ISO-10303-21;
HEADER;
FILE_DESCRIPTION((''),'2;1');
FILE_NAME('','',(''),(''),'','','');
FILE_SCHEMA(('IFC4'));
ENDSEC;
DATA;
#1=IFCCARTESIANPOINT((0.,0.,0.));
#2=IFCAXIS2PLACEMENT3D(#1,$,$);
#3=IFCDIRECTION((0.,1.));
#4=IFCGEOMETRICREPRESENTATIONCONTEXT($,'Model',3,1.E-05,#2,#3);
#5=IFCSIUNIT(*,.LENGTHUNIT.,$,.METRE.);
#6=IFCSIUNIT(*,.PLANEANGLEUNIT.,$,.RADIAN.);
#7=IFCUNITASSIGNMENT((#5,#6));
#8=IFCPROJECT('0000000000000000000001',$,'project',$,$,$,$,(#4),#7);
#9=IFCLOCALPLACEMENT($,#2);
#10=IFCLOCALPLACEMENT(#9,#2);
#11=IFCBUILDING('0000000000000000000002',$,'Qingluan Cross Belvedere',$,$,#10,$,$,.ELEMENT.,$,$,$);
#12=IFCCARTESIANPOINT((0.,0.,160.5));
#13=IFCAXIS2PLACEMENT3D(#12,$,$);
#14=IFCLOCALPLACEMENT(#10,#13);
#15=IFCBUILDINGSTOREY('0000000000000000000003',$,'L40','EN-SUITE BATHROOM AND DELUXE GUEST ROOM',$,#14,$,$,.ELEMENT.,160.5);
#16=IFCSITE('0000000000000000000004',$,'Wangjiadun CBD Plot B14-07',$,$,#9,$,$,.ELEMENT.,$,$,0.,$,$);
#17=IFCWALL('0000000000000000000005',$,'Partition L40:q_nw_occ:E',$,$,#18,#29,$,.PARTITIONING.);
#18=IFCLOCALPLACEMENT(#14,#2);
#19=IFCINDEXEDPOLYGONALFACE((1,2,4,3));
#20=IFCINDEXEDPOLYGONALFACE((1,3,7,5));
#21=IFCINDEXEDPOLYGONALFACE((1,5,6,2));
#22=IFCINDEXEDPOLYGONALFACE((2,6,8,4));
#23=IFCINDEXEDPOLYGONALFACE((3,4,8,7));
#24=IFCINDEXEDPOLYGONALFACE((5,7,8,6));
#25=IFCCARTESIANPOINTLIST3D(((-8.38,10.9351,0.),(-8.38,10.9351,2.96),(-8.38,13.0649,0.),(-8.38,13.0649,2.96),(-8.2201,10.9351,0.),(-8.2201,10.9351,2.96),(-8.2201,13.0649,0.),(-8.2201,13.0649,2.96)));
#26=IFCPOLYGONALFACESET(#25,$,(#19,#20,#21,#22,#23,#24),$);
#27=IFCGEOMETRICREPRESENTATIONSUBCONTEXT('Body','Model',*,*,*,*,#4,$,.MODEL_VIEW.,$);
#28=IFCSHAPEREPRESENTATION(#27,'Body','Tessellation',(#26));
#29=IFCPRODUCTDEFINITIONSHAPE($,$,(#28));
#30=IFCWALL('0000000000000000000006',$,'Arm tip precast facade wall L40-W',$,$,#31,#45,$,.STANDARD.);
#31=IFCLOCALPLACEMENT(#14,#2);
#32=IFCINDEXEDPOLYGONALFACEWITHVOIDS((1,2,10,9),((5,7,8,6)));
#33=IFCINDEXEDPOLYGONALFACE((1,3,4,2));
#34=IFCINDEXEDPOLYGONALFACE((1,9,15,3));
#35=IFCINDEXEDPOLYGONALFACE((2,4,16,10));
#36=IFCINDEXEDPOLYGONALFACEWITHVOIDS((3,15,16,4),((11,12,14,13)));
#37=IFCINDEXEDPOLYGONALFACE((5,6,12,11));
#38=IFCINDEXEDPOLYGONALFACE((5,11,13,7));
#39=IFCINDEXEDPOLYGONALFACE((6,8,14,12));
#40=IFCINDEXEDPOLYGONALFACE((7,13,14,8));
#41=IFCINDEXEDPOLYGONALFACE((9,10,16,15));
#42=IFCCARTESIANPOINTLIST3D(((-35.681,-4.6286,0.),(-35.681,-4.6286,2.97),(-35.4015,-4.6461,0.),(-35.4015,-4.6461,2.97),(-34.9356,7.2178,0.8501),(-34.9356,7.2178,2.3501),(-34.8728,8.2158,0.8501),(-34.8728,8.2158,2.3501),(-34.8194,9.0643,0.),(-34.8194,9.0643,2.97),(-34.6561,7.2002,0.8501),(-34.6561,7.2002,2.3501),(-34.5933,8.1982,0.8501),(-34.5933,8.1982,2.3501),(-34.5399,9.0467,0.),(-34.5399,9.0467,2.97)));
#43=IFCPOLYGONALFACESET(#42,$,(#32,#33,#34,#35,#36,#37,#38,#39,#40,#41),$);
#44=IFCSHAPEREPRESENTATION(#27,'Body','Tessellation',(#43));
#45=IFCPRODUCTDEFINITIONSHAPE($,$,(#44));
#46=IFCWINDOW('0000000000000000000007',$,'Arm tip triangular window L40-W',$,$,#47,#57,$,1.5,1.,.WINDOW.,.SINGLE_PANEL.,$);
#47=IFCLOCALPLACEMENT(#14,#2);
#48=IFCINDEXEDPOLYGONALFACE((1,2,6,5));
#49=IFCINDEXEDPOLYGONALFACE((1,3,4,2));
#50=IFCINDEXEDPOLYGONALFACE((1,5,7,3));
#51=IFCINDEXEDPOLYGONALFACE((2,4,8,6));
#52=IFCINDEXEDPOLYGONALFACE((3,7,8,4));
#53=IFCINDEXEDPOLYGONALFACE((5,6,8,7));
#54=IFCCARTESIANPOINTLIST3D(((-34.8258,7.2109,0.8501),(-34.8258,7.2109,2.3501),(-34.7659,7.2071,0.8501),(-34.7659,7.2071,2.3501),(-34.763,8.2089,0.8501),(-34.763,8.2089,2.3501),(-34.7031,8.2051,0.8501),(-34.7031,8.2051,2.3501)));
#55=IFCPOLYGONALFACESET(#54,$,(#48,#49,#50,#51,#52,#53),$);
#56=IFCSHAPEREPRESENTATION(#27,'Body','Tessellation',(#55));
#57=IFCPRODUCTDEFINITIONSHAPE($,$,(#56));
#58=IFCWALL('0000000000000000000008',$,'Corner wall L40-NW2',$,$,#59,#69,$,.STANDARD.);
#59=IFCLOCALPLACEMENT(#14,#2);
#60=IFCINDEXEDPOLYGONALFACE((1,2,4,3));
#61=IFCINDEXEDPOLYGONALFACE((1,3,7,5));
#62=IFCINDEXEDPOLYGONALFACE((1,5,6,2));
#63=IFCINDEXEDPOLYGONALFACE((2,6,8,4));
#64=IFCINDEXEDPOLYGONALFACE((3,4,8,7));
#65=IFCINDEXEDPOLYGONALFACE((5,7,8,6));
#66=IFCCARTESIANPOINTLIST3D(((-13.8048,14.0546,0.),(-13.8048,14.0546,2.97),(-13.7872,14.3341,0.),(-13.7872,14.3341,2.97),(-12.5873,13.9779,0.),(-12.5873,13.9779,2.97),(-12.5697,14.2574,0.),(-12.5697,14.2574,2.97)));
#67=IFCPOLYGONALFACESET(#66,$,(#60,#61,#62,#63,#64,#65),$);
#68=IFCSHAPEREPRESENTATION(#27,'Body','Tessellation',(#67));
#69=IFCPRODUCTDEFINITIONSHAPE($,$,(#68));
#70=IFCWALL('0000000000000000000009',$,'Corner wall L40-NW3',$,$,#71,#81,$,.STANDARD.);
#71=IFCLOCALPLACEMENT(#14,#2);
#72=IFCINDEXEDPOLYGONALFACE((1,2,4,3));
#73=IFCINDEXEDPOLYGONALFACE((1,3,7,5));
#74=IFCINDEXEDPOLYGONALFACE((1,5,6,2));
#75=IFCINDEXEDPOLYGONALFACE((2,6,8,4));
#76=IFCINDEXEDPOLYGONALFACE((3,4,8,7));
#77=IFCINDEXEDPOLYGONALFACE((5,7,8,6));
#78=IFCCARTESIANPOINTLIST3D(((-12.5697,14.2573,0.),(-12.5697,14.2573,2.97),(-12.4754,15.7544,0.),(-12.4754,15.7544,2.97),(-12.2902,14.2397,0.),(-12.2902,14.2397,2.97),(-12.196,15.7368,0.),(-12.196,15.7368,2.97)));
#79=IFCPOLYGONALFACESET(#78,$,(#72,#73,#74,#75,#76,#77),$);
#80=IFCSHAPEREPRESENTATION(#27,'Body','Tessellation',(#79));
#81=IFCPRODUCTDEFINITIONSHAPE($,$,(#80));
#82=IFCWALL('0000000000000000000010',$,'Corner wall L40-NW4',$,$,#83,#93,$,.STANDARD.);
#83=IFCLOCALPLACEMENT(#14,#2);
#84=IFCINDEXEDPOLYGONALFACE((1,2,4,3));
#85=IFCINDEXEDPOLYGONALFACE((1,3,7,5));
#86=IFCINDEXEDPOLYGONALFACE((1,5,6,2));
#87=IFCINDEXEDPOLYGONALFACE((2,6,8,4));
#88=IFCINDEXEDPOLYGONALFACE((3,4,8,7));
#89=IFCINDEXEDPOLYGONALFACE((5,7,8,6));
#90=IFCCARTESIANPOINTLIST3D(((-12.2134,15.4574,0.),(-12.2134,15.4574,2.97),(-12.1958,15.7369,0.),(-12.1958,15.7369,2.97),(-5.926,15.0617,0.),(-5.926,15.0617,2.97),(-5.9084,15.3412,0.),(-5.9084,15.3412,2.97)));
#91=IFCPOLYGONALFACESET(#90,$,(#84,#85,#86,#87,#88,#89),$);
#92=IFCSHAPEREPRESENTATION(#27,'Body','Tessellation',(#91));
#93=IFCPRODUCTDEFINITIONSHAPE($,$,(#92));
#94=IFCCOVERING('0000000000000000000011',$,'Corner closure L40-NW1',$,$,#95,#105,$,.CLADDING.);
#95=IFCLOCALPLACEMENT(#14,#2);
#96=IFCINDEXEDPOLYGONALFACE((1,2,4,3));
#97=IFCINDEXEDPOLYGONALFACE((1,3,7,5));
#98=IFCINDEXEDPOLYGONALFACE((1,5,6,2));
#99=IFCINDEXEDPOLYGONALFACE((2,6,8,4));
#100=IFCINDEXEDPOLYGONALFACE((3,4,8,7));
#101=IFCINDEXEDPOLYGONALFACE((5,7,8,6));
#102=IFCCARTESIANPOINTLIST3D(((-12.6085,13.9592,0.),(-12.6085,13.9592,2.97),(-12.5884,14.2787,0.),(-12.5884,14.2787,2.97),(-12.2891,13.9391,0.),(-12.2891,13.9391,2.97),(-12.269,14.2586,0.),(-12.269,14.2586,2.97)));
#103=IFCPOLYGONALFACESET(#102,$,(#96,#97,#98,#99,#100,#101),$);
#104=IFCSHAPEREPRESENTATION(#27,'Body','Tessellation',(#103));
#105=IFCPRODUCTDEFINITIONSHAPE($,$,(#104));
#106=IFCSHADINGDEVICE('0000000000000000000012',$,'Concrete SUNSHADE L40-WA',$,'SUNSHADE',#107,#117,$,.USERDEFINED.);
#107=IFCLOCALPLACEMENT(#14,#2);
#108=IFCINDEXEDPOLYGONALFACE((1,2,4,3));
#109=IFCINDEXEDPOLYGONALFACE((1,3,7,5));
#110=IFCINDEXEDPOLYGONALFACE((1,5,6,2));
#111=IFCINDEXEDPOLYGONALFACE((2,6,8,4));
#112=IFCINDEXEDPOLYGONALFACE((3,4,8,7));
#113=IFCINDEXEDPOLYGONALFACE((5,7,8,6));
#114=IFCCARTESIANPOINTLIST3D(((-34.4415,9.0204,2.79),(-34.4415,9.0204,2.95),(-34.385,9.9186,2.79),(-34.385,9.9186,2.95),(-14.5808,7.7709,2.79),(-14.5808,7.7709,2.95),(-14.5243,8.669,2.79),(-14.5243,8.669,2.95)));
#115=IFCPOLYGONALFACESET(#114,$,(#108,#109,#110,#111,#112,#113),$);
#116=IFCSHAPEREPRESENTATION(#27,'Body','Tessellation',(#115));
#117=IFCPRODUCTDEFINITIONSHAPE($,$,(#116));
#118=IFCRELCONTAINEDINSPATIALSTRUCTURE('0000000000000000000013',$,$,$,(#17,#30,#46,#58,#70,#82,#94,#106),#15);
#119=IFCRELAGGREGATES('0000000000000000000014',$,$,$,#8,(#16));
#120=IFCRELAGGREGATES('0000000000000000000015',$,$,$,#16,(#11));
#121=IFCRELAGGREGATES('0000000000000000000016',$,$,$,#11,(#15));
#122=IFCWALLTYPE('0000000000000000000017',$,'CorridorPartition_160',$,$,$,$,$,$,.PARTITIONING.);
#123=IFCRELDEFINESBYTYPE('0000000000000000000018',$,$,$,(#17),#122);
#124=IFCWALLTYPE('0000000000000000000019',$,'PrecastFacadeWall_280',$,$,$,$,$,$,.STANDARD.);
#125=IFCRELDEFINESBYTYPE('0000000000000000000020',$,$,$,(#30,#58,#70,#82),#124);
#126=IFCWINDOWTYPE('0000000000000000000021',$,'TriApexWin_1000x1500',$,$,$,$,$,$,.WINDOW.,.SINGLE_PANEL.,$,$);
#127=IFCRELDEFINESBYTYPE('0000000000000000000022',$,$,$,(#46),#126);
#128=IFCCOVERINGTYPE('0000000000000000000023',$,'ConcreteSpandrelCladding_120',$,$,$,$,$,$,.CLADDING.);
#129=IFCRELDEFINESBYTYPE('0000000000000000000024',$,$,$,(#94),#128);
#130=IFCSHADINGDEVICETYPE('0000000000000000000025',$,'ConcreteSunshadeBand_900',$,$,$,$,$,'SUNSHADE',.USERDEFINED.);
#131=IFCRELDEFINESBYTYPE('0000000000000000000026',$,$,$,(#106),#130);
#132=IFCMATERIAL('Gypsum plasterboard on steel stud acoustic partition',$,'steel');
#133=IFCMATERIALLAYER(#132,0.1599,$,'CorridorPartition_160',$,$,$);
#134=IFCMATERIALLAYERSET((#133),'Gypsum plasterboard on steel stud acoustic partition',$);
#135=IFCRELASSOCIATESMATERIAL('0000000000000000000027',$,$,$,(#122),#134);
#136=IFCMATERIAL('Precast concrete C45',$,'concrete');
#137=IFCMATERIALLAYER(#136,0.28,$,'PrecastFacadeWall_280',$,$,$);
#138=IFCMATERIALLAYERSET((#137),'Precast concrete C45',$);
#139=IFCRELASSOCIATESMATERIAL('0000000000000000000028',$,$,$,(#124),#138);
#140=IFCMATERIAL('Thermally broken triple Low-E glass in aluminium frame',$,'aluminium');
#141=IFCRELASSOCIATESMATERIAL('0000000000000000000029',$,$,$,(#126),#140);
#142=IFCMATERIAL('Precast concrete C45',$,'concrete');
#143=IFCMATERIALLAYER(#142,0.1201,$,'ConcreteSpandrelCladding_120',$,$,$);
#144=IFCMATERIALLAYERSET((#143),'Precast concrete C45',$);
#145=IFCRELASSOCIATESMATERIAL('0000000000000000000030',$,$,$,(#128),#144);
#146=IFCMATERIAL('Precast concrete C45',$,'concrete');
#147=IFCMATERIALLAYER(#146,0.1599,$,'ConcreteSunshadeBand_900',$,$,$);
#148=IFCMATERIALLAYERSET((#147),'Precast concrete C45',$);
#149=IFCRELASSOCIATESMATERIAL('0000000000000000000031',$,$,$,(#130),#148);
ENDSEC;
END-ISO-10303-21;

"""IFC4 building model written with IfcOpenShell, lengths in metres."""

from ifc_helpers import new_model, si_unit, direction, frame, frame_2d, origin, origin_2d, place, context, subcontext, project, spatial, rectangle, extrude, material, layer, layer_set, type_object, element, fill, save


model = new_model("IFC4")

# Units and contexts
model_context = context("Model", 3, precision=1e-05, world=origin(), true_north=direction((0.0, 1.0)))
body_context = subcontext(model_context, "Body", "Model", "MODEL_VIEW")
ifc_project = project(units=[si_unit("LENGTHUNIT", "METRE"), si_unit("PLANEANGLEUNIT", "RADIAN")], contexts=[model_context])

# Site, building, storey
site_placement = place(None, origin())
site = spatial("IfcSite", under=ifc_project, at=site_placement, Name="Wangjiadun CBD Plot B14-07", CompositionType="ELEMENT", RefElevation=0.0)
building_placement = place(site_placement, origin())
building = spatial("IfcBuilding", under=site, at=building_placement, Name="Qingluan Cross Belvedere", CompositionType="ELEMENT")
storey_placement = place(building_placement, frame((0.0, 0.0, 160.5)))
storey = spatial("IfcBuildingStorey", under=building, at=storey_placement, Name="L40", Description="EN-SUITE BATHROOM AND DELUXE GUEST ROOM", CompositionType="ELEMENT", Elevation=160.5)

# Shared definitions
ifc_material_1 = material(Name="Gypsum plasterboard on steel stud acoustic partition", Category="steel")
ifc_layer_1 = layer(ifc_material_1, 0.1599, Name="CorridorPartition_160")
ifc_layer_set_1 = layer_set([ifc_layer_1], Name="Gypsum plasterboard on steel stud acoustic partition")
wall_type_1 = type_object("IfcWallType", Name="CorridorPartition_160", PredefinedType="PARTITIONING", material=ifc_layer_set_1)

# Wall
for number, where, z_axis, x_axis, name in (
    (1, (-8.3, 10.9351, 0.0), (0.0, 0.0, 1.0), (0.0, 1.0, 0.0), "Partition L40:q_nw_occ:E"),
):
    element("IfcWall", number, at=place(storey_placement, frame(where, z_axis=z_axis, x_axis=x_axis)), inside=storey, type_object=wall_type_1, Name=name, PredefinedType="PARTITIONING", context=body_context, shape_type="SweptSolid", body=[
        extrude(rectangle(XDim=2.1299, YDim=0.1599, at=frame_2d((1.0649, 0.0))), origin(), (0.0, 0.0, 1.0), 2.96),
    ])

# Wall, opening, window
ifc_material_2 = material(Name="Precast concrete C45", Category="concrete")
ifc_layer_2 = layer(ifc_material_2, 0.28, Name="PrecastFacadeWall_280")
ifc_layer_set_2 = layer_set([ifc_layer_2], Name="Precast concrete C45")
wall_type_2 = type_object("IfcWallType", Name="PrecastFacadeWall_280", PredefinedType="STANDARD", material=ifc_layer_set_2)
wall_1_placement = place(storey_placement, frame((-34.6797, 9.0554, 0.0), z_axis=(0.0, 0.0, 1.0), x_axis=(-0.062797, -0.998026, 0.0)))
wall_1 = element("IfcWall", 2, at=wall_1_placement, inside=storey, type_object=wall_type_2, Name="Arm tip precast facade wall L40-W", PredefinedType="STANDARD", context=body_context, shape_type="SweptSolid", body=[
    extrude(rectangle(XDim=13.72, YDim=0.28, at=frame_2d((6.8599, 0.0))), origin(), (0.0, 0.0, 1.0), 2.97),
])
opening_1_placement = place(wall_1_placement, frame((0.8501, 0.0, 0.8501)))
opening_1 = element("IfcOpeningElement", 3, at=opening_1_placement, cuts=wall_1, PredefinedType="OPENING", context=body_context, shape_type="SweptSolid", body=[
    extrude(rectangle(XDim=1.0, YDim=1.5, at=frame_2d((0.5, 0.75))), frame((0.0, 0.1499, 0.0), z_axis=(0.0, -1.0, 0.0), x_axis=(1.0, 0.0, 0.0)), (0.0, 0.0, 1.0), 0.3),
])
ifc_material_3 = material(Name="Thermally broken triple Low-E glass in aluminium frame", Category="aluminium")
window_type = type_object("IfcWindowType", Name="TriApexWin_1000x1500", PartitioningType="SINGLE_PANEL", PredefinedType="WINDOW", material=ifc_material_3)
window_placement = place(opening_1_placement, origin())
window = element("IfcWindow", 4, at=window_placement, inside=storey, type_object=window_type, Name="Arm tip triangular window L40-W", OverallHeight=1.5, OverallWidth=1.0, PartitioningType="SINGLE_PANEL", PredefinedType="WINDOW", context=body_context, shape_type="SweptSolid", body=[
    extrude(rectangle(XDim=1.0, YDim=1.5, at=frame_2d((0.5, 0.75))), frame((0.0, 0.03, 0.0), z_axis=(0.0, -1.0, 0.0), x_axis=(1.0, 0.0, 0.0)), (0.0, 0.0, 1.0), 0.0601),
])
fill(opening_1, window)

# Walls
wall_2_placement = place(storey_placement, frame((-13.7959, 14.1943, 0.0), z_axis=(0.0, 0.0, 1.0), x_axis=(0.998024, -0.062839, 0.0)))
element("IfcWall", 5, at=wall_2_placement, inside=storey, type_object=wall_type_2, Name="Corner wall L40-NW2", PredefinedType="STANDARD", context=body_context, shape_type="SweptSolid", body=[
    extrude(rectangle(XDim=1.22, YDim=0.28, at=frame_2d((0.6099, 0.0))), origin(), (0.0, 0.0, 1.0), 2.97),
])
wall_3_placement = place(storey_placement, frame((-12.4299, 14.2485, 0.0), z_axis=(0.0, 0.0, 1.0), x_axis=(0.062824, 0.998025, 0.0)))
element("IfcWall", 6, at=wall_3_placement, inside=storey, type_object=wall_type_2, Name="Corner wall L40-NW3", PredefinedType="STANDARD", context=body_context, shape_type="SweptSolid", body=[
    extrude(rectangle(XDim=1.5, YDim=0.28, at=frame_2d((0.75, 0.0))), origin(), (0.0, 0.0, 1.0), 2.97),
])
wall_4_placement = place(storey_placement, frame((-12.2046, 15.5972, 0.0), z_axis=(0.0, 0.0, 1.0), x_axis=(0.998025, -0.06282, 0.0)))
element("IfcWall", 7, at=wall_4_placement, inside=storey, type_object=wall_type_2, Name="Corner wall L40-NW4", PredefinedType="STANDARD", context=body_context, shape_type="SweptSolid", body=[
    extrude(rectangle(XDim=6.2998, YDim=0.28, at=frame_2d((3.1499, 0.0))), origin(), (0.0, 0.0, 1.0), 2.97),
])

# Covering
ifc_material_4 = material(Name="Precast concrete C45", Category="concrete")
ifc_layer_3 = layer(ifc_material_4, 0.1201, Name="ConcreteSpandrelCladding_120")
ifc_layer_set_3 = layer_set([ifc_layer_3], Name="Precast concrete C45")
covering_type = type_object("IfcCoveringType", Name="ConcreteSpandrelCladding_120", PredefinedType="CLADDING", material=ifc_layer_set_3)
covering_placement = place(storey_placement, frame((-12.4387, 14.1089, 0.0), z_axis=(0.0, 0.0, 1.0), x_axis=(0.998027, -0.062791, 0.0)))
element("IfcCovering", 8, at=covering_placement, inside=storey, type_object=covering_type, Name="Corner closure L40-NW1", PredefinedType="CLADDING", context=body_context, shape_type="SweptSolid", body=[
    extrude(rectangle(XDim=0.3201, YDim=0.3201, at=origin_2d()), origin(), (0.0, 0.0, 1.0), 2.97),
])

# Shading device
ifc_material_5 = material(Name="Precast concrete C45", Category="concrete")
ifc_layer_4 = layer(ifc_material_5, 0.1599, Name="ConcreteSunshadeBand_900")
ifc_layer_set_4 = layer_set([ifc_layer_4], Name="Precast concrete C45")
shading_device_type = type_object("IfcShadingDeviceType", Name="ConcreteSunshadeBand_900", ElementType="SUNSHADE", PredefinedType="USERDEFINED", material=ifc_layer_set_4)
shading_device_placement = place(storey_placement, frame((-24.4829, 8.8447, 2.79), z_axis=(0.0, 0.0, 1.0), x_axis=(-0.998027, 0.062791, 0.0)))
element("IfcShadingDevice", 9, at=shading_device_placement, inside=storey, type_object=shading_device_type, Name="Concrete SUNSHADE L40-WA", ObjectType="SUNSHADE", PredefinedType="USERDEFINED", context=body_context, shape_type="SweptSolid", body=[
    extrude(rectangle(XDim=19.8999, YDim=0.8999, at=origin_2d()), origin(), (0.0, 0.0, 1.0), 0.1599),
])

save(model, "model.ifc")
